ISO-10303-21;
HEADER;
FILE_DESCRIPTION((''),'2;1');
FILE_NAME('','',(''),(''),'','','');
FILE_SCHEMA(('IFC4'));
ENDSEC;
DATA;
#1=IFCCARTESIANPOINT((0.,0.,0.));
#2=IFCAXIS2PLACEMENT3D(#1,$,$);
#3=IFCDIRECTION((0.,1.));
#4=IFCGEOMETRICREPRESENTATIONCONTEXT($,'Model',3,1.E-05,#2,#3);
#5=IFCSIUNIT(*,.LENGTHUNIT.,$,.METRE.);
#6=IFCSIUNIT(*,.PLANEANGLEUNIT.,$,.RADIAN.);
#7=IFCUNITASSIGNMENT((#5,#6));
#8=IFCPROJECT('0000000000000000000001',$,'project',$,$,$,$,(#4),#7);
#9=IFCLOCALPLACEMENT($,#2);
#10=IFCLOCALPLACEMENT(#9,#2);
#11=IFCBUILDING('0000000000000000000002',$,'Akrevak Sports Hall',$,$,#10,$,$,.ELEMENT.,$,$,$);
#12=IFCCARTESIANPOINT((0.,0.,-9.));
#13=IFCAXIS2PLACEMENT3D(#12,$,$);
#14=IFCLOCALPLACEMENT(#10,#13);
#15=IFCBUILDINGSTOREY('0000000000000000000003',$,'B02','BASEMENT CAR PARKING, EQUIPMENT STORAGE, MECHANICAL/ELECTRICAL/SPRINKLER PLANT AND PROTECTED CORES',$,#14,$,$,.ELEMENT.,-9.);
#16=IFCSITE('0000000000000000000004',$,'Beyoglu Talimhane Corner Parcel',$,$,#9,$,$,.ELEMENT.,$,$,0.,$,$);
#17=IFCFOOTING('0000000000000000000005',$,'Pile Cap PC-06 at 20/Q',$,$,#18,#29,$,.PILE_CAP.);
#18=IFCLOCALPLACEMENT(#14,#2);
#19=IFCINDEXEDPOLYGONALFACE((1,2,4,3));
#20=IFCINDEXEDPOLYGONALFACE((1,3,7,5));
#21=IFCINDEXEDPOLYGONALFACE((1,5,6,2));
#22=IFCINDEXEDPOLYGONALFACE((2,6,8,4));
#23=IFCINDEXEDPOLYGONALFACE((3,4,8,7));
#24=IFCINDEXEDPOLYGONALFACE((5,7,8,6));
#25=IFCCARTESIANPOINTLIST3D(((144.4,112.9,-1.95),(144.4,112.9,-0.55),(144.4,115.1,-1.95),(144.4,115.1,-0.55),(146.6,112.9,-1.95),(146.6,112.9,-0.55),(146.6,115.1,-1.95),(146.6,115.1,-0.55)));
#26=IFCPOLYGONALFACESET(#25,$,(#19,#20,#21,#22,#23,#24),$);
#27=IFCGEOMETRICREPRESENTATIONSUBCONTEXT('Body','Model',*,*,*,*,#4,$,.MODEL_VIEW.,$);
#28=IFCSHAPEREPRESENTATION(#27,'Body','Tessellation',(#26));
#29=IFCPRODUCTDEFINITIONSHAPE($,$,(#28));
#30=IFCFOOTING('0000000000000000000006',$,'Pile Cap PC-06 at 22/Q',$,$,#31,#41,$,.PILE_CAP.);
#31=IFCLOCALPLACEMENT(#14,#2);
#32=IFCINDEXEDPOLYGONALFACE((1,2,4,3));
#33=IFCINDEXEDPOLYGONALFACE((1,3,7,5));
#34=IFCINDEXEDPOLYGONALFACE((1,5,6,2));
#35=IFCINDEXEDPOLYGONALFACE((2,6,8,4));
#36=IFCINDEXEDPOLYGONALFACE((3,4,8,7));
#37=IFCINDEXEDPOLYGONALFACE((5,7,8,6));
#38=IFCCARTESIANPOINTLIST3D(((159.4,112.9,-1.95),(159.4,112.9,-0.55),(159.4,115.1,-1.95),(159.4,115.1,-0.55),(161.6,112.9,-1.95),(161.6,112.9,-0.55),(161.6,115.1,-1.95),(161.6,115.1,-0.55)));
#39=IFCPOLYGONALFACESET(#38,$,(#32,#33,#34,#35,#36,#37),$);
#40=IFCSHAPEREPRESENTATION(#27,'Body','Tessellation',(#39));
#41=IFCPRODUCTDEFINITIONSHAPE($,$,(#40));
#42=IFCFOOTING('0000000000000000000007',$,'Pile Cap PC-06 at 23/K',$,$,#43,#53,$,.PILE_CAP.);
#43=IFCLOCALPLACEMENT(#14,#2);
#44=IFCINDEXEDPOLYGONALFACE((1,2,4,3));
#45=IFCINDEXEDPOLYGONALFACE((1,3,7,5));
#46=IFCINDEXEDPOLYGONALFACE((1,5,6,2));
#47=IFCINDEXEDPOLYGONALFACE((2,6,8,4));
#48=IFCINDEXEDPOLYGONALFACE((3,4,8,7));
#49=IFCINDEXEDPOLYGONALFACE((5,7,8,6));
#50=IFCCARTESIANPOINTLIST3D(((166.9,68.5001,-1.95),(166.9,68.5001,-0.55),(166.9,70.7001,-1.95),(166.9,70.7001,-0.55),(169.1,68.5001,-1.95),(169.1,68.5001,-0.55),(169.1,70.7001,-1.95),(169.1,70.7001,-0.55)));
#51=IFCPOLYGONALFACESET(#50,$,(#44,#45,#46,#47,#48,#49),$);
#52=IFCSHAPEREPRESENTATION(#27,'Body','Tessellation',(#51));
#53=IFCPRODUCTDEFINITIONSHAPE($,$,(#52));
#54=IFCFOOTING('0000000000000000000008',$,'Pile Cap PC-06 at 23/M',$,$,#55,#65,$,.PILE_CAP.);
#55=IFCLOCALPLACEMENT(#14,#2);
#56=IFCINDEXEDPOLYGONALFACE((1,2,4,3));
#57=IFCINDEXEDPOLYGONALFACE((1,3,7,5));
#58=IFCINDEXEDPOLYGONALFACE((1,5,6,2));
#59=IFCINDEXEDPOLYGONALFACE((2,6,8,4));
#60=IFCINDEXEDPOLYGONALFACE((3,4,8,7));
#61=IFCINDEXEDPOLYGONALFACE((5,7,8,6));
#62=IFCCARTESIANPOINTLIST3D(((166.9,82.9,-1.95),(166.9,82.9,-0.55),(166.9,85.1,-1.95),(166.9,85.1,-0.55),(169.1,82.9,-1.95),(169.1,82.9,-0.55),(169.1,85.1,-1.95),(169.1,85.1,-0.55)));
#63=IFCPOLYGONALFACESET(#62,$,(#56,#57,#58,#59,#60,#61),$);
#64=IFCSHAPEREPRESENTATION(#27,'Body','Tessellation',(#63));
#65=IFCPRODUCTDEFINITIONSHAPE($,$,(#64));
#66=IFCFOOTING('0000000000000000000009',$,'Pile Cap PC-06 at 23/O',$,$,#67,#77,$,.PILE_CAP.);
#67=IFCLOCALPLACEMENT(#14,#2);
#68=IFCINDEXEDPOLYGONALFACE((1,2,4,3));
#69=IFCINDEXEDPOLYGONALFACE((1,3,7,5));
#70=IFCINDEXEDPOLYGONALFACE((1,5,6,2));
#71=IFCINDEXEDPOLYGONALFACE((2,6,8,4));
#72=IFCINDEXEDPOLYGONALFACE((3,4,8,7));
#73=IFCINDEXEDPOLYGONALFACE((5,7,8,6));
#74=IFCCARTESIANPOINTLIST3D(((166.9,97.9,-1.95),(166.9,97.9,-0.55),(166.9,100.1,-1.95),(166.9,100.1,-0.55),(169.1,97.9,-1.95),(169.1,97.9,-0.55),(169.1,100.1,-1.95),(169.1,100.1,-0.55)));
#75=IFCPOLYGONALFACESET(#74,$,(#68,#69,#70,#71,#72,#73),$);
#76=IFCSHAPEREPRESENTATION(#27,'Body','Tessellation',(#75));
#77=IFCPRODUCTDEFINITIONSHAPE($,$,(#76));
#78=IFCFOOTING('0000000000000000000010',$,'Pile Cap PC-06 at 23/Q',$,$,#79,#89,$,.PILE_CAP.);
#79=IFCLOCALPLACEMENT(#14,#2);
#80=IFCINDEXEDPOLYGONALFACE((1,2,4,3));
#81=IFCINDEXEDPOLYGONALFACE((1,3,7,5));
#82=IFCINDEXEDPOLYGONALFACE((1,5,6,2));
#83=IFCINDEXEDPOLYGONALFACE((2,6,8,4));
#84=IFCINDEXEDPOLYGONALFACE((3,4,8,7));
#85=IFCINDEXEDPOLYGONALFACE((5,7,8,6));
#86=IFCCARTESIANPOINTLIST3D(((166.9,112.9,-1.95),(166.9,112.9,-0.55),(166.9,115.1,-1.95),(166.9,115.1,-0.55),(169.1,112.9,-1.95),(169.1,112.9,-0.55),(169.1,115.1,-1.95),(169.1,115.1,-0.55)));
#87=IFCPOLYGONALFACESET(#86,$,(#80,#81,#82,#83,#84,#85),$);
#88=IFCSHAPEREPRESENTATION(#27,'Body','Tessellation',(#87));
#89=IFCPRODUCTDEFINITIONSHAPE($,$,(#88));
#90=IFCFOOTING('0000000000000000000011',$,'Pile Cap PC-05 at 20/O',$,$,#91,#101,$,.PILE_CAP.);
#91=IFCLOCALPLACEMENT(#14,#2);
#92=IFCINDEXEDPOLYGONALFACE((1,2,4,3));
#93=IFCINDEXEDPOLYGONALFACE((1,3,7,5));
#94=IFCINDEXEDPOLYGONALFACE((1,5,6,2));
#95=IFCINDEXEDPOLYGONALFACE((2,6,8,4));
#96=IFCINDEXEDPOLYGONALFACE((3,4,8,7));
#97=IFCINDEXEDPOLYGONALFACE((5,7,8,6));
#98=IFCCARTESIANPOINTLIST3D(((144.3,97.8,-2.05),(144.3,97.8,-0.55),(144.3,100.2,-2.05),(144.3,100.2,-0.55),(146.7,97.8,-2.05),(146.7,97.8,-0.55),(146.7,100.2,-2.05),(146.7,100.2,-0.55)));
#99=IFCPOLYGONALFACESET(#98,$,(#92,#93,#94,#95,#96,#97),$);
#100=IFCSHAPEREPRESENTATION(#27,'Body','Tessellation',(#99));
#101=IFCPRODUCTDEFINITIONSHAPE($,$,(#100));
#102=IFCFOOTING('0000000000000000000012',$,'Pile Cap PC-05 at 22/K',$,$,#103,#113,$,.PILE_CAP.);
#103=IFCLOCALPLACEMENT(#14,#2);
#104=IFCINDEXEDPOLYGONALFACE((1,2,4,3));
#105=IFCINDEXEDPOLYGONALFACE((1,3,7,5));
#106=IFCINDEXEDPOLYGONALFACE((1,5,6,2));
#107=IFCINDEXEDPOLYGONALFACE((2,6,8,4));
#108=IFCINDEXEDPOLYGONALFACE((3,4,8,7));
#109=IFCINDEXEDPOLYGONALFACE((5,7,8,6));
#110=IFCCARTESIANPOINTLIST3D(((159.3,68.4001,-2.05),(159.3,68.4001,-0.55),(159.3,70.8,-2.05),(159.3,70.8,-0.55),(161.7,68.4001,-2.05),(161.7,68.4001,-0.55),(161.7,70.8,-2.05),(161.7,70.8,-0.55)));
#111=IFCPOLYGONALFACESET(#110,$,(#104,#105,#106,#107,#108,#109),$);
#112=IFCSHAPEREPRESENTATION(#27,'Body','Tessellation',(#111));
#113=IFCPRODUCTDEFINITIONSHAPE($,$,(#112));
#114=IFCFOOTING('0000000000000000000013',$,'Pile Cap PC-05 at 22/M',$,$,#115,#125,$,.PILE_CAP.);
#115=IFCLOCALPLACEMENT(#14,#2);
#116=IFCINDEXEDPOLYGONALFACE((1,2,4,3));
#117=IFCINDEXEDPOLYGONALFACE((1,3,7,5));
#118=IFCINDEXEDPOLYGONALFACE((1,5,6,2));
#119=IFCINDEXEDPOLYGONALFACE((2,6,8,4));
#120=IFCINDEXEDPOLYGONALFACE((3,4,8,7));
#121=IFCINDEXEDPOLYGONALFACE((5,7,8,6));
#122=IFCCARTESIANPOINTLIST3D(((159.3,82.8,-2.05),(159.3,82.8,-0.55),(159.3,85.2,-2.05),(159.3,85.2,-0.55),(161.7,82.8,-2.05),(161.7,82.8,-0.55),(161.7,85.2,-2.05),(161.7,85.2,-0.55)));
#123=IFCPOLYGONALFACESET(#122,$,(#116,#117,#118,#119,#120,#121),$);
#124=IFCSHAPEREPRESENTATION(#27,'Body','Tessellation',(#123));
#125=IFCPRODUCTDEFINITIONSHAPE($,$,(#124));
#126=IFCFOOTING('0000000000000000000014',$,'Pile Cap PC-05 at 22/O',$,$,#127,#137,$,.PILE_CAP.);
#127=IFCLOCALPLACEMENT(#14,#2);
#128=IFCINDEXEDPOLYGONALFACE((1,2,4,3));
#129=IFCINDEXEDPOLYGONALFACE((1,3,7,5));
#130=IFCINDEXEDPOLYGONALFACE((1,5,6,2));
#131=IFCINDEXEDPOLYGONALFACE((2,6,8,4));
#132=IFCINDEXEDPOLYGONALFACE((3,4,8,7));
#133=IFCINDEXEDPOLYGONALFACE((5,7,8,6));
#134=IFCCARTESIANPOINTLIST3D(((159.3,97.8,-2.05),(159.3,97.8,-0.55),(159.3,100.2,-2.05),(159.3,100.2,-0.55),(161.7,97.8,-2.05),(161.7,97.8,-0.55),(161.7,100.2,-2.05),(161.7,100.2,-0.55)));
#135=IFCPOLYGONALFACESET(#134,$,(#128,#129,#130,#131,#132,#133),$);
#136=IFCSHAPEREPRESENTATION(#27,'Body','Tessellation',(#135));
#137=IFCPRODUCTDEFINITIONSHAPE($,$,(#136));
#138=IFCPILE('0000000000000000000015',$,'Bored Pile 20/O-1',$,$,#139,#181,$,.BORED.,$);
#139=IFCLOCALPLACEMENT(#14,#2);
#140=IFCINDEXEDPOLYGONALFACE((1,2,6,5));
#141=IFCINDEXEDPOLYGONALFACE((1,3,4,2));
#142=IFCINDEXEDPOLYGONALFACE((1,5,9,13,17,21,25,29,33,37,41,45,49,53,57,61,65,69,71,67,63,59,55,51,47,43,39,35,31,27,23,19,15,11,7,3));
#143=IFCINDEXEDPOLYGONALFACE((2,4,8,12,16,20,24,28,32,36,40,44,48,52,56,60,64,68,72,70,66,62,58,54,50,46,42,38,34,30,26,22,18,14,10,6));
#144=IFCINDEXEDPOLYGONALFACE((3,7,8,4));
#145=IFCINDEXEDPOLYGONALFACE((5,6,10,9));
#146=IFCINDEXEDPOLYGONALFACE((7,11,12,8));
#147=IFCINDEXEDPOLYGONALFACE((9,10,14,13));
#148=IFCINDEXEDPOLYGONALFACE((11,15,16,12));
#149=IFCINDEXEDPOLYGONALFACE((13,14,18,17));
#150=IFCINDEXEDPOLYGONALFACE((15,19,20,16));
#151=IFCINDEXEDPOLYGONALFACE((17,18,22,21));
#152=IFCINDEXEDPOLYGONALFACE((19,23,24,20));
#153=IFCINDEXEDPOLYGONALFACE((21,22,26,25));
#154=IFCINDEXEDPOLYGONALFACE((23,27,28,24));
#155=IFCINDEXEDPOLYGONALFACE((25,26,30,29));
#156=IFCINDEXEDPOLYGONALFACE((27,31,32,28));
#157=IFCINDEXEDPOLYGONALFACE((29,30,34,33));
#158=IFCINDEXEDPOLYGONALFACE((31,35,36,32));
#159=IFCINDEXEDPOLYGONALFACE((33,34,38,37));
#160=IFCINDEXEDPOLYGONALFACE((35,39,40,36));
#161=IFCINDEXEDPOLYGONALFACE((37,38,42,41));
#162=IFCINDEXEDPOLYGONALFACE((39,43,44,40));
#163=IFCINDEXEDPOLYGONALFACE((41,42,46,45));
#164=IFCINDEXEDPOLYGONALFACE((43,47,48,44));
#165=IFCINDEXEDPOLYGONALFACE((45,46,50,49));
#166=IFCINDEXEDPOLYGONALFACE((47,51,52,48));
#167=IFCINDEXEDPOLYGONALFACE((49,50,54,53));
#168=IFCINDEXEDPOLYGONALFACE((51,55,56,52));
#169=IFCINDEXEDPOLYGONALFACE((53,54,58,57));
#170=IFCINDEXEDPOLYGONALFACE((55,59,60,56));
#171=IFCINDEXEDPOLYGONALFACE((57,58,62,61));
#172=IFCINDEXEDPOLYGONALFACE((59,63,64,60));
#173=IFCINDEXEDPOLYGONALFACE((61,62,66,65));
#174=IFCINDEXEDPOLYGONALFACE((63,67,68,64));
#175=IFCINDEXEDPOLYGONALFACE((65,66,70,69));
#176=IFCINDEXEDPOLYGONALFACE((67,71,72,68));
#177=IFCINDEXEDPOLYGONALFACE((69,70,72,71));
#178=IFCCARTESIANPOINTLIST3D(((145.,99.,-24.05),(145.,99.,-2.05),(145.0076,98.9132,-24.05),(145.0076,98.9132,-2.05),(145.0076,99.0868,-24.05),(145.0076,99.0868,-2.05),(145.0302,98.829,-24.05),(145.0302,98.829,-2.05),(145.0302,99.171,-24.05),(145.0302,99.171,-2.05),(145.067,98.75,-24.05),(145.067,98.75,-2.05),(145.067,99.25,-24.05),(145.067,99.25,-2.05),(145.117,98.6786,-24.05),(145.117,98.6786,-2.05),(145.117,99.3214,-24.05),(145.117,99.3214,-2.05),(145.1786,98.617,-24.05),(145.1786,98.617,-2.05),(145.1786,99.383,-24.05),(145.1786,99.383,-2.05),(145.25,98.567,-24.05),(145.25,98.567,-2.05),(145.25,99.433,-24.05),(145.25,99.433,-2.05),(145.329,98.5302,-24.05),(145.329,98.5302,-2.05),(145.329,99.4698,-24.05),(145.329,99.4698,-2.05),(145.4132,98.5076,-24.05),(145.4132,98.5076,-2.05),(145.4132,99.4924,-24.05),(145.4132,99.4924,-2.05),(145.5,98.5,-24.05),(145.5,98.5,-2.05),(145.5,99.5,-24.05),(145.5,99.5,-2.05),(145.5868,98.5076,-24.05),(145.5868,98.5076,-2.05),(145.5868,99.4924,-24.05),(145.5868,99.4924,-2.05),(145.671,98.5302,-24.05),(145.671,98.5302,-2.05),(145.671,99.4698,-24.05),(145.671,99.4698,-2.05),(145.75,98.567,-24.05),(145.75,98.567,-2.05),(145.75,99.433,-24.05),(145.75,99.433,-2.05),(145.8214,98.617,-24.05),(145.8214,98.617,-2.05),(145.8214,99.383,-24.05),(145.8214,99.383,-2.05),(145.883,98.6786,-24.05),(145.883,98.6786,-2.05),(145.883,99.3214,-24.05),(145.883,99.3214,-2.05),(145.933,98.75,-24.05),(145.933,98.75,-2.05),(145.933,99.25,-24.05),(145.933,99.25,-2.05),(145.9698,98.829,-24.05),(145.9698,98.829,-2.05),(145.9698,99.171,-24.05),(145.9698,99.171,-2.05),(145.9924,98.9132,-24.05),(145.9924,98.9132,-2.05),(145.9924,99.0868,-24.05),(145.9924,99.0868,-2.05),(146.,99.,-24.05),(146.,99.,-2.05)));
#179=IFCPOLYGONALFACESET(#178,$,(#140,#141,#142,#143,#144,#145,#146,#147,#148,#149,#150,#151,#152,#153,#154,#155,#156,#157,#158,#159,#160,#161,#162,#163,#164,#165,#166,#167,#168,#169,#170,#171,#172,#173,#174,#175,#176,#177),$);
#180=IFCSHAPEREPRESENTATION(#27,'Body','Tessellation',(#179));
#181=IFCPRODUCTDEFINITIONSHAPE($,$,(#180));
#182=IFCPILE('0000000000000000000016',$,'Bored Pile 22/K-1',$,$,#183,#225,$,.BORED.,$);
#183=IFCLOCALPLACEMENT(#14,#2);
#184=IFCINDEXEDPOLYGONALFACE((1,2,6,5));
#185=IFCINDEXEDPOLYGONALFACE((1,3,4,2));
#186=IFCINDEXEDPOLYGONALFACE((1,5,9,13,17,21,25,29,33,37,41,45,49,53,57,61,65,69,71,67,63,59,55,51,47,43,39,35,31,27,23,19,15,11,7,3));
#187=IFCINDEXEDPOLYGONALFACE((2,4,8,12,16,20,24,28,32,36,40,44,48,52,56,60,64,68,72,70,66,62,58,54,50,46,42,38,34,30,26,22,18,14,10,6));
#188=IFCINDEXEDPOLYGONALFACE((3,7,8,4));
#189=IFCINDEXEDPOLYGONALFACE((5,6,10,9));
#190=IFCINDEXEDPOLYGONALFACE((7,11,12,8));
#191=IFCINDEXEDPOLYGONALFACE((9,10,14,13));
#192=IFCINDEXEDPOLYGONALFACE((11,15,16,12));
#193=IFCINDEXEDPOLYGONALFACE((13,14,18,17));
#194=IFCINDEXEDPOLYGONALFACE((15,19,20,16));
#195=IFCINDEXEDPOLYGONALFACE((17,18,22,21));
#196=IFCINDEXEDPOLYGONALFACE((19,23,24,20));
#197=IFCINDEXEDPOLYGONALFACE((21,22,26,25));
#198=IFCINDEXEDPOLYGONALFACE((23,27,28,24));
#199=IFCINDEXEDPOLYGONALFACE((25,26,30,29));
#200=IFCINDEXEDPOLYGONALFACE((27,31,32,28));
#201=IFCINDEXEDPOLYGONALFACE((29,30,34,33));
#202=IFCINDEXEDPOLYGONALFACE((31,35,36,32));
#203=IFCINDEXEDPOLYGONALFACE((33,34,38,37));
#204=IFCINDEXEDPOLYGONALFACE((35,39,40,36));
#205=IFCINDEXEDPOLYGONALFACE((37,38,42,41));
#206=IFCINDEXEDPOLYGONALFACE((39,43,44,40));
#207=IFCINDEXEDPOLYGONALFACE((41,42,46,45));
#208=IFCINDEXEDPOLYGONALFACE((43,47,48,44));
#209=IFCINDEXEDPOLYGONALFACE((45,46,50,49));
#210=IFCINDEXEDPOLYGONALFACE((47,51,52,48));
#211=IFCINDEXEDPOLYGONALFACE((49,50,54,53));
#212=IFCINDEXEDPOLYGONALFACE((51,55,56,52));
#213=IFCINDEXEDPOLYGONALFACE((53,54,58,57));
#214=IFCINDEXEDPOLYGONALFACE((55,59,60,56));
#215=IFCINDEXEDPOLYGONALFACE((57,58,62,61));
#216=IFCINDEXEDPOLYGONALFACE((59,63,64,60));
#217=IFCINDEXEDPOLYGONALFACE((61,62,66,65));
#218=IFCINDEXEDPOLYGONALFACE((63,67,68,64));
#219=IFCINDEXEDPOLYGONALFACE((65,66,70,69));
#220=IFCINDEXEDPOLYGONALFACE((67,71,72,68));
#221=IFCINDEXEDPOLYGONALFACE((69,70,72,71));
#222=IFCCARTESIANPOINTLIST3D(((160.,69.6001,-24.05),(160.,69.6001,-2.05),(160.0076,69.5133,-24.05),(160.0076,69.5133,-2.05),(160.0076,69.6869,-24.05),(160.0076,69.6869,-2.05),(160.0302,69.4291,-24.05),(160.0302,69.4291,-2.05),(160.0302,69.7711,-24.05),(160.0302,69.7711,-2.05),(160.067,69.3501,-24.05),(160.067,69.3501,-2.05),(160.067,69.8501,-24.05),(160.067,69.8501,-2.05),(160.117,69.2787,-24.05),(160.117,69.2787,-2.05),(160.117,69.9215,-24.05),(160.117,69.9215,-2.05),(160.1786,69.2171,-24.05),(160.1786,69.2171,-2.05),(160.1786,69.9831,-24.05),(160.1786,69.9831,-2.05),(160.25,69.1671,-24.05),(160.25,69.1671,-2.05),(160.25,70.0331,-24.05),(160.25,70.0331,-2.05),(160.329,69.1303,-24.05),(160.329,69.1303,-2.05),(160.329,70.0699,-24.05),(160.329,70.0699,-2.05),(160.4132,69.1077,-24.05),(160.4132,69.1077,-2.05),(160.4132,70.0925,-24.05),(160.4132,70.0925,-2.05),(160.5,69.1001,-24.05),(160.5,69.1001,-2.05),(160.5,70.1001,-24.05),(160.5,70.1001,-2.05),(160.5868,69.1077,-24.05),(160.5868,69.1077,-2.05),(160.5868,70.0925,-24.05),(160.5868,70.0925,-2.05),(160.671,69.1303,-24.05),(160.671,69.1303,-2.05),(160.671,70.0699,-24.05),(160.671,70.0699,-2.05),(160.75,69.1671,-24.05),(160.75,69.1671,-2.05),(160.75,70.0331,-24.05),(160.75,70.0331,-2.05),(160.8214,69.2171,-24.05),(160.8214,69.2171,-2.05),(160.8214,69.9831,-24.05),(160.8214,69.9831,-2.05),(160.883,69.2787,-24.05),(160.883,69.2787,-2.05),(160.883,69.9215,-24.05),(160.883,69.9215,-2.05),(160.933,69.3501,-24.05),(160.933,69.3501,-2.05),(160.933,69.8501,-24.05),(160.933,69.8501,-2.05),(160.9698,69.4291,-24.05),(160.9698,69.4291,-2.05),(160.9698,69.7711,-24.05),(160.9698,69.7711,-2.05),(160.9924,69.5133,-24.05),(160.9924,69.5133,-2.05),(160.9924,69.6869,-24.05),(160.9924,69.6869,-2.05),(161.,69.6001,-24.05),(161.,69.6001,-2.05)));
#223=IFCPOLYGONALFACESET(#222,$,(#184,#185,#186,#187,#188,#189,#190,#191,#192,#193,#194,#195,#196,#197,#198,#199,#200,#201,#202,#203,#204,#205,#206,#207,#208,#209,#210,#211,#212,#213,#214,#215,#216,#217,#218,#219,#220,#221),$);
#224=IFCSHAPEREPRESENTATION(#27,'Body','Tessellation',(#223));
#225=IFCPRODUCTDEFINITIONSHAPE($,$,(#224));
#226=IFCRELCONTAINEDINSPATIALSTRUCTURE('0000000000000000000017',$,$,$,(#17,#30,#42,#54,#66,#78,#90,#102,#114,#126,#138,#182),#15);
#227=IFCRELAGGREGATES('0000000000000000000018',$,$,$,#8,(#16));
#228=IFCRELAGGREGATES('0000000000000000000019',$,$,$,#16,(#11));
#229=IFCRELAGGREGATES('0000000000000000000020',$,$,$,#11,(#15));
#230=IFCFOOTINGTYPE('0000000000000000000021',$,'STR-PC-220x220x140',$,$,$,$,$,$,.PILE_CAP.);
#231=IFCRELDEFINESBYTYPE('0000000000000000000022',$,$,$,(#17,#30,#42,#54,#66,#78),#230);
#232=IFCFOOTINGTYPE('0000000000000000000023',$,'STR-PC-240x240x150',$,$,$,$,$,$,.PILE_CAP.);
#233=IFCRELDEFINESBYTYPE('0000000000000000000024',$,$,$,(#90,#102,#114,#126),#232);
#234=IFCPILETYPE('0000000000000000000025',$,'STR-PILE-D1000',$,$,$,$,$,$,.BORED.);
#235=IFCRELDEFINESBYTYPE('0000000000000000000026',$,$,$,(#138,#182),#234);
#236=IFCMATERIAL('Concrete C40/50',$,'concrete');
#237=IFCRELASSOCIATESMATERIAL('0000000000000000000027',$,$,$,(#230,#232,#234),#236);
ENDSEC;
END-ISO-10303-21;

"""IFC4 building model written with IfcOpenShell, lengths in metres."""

from ifc_helpers import new_model, si_unit, direction, frame, origin, origin_2d, place, context, subcontext, project, spatial, rectangle, circle, extrude, material, material_profile, profile_set, type_object, element, save


model = new_model("IFC4")

# Units and contexts
model_context = context("Model", 3, precision=1e-05, world=origin(), true_north=direction((0.0, 1.0)))
body_context = subcontext(model_context, "Body", "Model", "MODEL_VIEW")
ifc_project = project(units=[si_unit("LENGTHUNIT", "METRE"), si_unit("PLANEANGLEUNIT", "RADIAN")], contexts=[model_context])

# Site, building, storey
site_placement = place(None, origin())
site = spatial("IfcSite", under=ifc_project, at=site_placement, Name="Beyoglu Talimhane Corner Parcel", CompositionType="ELEMENT", RefElevation=0.0)
building_placement = place(site_placement, origin())
building = spatial("IfcBuilding", under=site, at=building_placement, Name="Akrevak Sports Hall", CompositionType="ELEMENT")
storey_placement = place(building_placement, frame((0.0, 0.0, -9.0)))
storey = spatial("IfcBuildingStorey", under=building, at=storey_placement, Name="B02", Description="BASEMENT CAR PARKING, EQUIPMENT STORAGE, MECHANICAL/ELECTRICAL/SPRINKLER PLANT AND PROTECTED CORES", CompositionType="ELEMENT", Elevation=-9.0)

# Footings
ifc_material_1 = material(Name="Concrete C40/50", Category="concrete")
footing_type_1 = type_object("IfcFootingType", Name="STR-PC-220x220x140", PredefinedType="PILE_CAP", material=ifc_material_1)
for number, where, z_axis, x_axis, name in (
    (1, (145.5, 114.0, -1.95), (0.0, 0.0, 1.0), (1.0, 0.0, 0.0), "Pile Cap PC-06 at 20/Q"),
    (2, (160.5, 114.0, -1.95), (0.0, 0.0, 1.0), (1.0, 0.0, 0.0), "Pile Cap PC-06 at 22/Q"),
    (3, (168.0, 69.6001, -1.95), (0.0, 0.0, 1.0), (1.0, 0.0, 0.0), "Pile Cap PC-06 at 23/K"),
    (4, (168.0, 84.0, -1.95), (0.0, 0.0, 1.0), (1.0, 0.0, 0.0), "Pile Cap PC-06 at 23/M"),
    (5, (168.0, 99.0, -1.95), (0.0, 0.0, 1.0), (1.0, 0.0, 0.0), "Pile Cap PC-06 at 23/O"),
    (6, (168.0, 114.0, -1.95), (0.0, 0.0, 1.0), (1.0, 0.0, 0.0), "Pile Cap PC-06 at 23/Q"),
):
    element("IfcFooting", number, at=place(storey_placement, frame(where, z_axis=z_axis, x_axis=x_axis)), inside=storey, type_object=footing_type_1, Name=name, PredefinedType="PILE_CAP", context=body_context, shape_type="SweptSolid", body=[
        extrude(rectangle(XDim=2.2, YDim=2.2, at=origin_2d()), origin(), (0.0, 0.0, 1.0), 1.3999),
    ])
footing_type_2 = type_object("IfcFootingType", Name="STR-PC-240x240x150", PredefinedType="PILE_CAP", material=ifc_material_1)
for number, where, z_axis, x_axis, name in (
    (7, (145.5, 99.0, -2.05), (0.0, 0.0, 1.0), (1.0, 0.0, 0.0), "Pile Cap PC-05 at 20/O"),
    (8, (160.5, 69.6001, -2.05), (0.0, 0.0, 1.0), (1.0, 0.0, 0.0), "Pile Cap PC-05 at 22/K"),
    (9, (160.5, 84.0, -2.05), (0.0, 0.0, 1.0), (1.0, 0.0, 0.0), "Pile Cap PC-05 at 22/M"),
    (10, (160.5, 99.0, -2.05), (0.0, 0.0, 1.0), (1.0, 0.0, 0.0), "Pile Cap PC-05 at 22/O"),
):
    element("IfcFooting", number, at=place(storey_placement, frame(where, z_axis=z_axis, x_axis=x_axis)), inside=storey, type_object=footing_type_2, Name=name, PredefinedType="PILE_CAP", context=body_context, shape_type="SweptSolid", body=[
        extrude(rectangle(XDim=2.3999, YDim=2.3999, at=origin_2d()), origin(), (0.0, 0.0, 1.0), 1.5),
    ])

# Piles
ifc_material_profile_1 = material_profile(ifc_material_1, circle(Radius=0.5, at=origin_2d()), Name="BORED PILE D1000", Category="concrete")
ifc_profile_set_1 = profile_set([ifc_material_profile_1], Name="Concrete C40/50")
pile_type_1 = type_object("IfcPileType", Name="STR-PILE-D1000", PredefinedType="BORED", material=ifc_profile_set_1)
for number, where, z_axis, x_axis, name in (
    (11, (145.5, 99.0, -2.05), (0.0, 0.0, -1.0), (1.0, 0.0, 0.0), "Bored Pile 20/O-1"),
    (12, (160.5, 69.6001, -2.05), (0.0, 0.0, -1.0), (1.0, 0.0, 0.0), "Bored Pile 22/K-1"),
):
    element("IfcPile", number, at=place(storey_placement, frame(where, z_axis=z_axis, x_axis=x_axis)), inside=storey, type_object=pile_type_1, Name=name, PredefinedType="BORED", context=body_context, shape_type="SweptSolid", body=[
        extrude(circle(Radius=0.5, at=origin_2d()), origin(), (0.0, 0.0, 1.0), 22.0),
    ])

save(model, "model.ifc")
